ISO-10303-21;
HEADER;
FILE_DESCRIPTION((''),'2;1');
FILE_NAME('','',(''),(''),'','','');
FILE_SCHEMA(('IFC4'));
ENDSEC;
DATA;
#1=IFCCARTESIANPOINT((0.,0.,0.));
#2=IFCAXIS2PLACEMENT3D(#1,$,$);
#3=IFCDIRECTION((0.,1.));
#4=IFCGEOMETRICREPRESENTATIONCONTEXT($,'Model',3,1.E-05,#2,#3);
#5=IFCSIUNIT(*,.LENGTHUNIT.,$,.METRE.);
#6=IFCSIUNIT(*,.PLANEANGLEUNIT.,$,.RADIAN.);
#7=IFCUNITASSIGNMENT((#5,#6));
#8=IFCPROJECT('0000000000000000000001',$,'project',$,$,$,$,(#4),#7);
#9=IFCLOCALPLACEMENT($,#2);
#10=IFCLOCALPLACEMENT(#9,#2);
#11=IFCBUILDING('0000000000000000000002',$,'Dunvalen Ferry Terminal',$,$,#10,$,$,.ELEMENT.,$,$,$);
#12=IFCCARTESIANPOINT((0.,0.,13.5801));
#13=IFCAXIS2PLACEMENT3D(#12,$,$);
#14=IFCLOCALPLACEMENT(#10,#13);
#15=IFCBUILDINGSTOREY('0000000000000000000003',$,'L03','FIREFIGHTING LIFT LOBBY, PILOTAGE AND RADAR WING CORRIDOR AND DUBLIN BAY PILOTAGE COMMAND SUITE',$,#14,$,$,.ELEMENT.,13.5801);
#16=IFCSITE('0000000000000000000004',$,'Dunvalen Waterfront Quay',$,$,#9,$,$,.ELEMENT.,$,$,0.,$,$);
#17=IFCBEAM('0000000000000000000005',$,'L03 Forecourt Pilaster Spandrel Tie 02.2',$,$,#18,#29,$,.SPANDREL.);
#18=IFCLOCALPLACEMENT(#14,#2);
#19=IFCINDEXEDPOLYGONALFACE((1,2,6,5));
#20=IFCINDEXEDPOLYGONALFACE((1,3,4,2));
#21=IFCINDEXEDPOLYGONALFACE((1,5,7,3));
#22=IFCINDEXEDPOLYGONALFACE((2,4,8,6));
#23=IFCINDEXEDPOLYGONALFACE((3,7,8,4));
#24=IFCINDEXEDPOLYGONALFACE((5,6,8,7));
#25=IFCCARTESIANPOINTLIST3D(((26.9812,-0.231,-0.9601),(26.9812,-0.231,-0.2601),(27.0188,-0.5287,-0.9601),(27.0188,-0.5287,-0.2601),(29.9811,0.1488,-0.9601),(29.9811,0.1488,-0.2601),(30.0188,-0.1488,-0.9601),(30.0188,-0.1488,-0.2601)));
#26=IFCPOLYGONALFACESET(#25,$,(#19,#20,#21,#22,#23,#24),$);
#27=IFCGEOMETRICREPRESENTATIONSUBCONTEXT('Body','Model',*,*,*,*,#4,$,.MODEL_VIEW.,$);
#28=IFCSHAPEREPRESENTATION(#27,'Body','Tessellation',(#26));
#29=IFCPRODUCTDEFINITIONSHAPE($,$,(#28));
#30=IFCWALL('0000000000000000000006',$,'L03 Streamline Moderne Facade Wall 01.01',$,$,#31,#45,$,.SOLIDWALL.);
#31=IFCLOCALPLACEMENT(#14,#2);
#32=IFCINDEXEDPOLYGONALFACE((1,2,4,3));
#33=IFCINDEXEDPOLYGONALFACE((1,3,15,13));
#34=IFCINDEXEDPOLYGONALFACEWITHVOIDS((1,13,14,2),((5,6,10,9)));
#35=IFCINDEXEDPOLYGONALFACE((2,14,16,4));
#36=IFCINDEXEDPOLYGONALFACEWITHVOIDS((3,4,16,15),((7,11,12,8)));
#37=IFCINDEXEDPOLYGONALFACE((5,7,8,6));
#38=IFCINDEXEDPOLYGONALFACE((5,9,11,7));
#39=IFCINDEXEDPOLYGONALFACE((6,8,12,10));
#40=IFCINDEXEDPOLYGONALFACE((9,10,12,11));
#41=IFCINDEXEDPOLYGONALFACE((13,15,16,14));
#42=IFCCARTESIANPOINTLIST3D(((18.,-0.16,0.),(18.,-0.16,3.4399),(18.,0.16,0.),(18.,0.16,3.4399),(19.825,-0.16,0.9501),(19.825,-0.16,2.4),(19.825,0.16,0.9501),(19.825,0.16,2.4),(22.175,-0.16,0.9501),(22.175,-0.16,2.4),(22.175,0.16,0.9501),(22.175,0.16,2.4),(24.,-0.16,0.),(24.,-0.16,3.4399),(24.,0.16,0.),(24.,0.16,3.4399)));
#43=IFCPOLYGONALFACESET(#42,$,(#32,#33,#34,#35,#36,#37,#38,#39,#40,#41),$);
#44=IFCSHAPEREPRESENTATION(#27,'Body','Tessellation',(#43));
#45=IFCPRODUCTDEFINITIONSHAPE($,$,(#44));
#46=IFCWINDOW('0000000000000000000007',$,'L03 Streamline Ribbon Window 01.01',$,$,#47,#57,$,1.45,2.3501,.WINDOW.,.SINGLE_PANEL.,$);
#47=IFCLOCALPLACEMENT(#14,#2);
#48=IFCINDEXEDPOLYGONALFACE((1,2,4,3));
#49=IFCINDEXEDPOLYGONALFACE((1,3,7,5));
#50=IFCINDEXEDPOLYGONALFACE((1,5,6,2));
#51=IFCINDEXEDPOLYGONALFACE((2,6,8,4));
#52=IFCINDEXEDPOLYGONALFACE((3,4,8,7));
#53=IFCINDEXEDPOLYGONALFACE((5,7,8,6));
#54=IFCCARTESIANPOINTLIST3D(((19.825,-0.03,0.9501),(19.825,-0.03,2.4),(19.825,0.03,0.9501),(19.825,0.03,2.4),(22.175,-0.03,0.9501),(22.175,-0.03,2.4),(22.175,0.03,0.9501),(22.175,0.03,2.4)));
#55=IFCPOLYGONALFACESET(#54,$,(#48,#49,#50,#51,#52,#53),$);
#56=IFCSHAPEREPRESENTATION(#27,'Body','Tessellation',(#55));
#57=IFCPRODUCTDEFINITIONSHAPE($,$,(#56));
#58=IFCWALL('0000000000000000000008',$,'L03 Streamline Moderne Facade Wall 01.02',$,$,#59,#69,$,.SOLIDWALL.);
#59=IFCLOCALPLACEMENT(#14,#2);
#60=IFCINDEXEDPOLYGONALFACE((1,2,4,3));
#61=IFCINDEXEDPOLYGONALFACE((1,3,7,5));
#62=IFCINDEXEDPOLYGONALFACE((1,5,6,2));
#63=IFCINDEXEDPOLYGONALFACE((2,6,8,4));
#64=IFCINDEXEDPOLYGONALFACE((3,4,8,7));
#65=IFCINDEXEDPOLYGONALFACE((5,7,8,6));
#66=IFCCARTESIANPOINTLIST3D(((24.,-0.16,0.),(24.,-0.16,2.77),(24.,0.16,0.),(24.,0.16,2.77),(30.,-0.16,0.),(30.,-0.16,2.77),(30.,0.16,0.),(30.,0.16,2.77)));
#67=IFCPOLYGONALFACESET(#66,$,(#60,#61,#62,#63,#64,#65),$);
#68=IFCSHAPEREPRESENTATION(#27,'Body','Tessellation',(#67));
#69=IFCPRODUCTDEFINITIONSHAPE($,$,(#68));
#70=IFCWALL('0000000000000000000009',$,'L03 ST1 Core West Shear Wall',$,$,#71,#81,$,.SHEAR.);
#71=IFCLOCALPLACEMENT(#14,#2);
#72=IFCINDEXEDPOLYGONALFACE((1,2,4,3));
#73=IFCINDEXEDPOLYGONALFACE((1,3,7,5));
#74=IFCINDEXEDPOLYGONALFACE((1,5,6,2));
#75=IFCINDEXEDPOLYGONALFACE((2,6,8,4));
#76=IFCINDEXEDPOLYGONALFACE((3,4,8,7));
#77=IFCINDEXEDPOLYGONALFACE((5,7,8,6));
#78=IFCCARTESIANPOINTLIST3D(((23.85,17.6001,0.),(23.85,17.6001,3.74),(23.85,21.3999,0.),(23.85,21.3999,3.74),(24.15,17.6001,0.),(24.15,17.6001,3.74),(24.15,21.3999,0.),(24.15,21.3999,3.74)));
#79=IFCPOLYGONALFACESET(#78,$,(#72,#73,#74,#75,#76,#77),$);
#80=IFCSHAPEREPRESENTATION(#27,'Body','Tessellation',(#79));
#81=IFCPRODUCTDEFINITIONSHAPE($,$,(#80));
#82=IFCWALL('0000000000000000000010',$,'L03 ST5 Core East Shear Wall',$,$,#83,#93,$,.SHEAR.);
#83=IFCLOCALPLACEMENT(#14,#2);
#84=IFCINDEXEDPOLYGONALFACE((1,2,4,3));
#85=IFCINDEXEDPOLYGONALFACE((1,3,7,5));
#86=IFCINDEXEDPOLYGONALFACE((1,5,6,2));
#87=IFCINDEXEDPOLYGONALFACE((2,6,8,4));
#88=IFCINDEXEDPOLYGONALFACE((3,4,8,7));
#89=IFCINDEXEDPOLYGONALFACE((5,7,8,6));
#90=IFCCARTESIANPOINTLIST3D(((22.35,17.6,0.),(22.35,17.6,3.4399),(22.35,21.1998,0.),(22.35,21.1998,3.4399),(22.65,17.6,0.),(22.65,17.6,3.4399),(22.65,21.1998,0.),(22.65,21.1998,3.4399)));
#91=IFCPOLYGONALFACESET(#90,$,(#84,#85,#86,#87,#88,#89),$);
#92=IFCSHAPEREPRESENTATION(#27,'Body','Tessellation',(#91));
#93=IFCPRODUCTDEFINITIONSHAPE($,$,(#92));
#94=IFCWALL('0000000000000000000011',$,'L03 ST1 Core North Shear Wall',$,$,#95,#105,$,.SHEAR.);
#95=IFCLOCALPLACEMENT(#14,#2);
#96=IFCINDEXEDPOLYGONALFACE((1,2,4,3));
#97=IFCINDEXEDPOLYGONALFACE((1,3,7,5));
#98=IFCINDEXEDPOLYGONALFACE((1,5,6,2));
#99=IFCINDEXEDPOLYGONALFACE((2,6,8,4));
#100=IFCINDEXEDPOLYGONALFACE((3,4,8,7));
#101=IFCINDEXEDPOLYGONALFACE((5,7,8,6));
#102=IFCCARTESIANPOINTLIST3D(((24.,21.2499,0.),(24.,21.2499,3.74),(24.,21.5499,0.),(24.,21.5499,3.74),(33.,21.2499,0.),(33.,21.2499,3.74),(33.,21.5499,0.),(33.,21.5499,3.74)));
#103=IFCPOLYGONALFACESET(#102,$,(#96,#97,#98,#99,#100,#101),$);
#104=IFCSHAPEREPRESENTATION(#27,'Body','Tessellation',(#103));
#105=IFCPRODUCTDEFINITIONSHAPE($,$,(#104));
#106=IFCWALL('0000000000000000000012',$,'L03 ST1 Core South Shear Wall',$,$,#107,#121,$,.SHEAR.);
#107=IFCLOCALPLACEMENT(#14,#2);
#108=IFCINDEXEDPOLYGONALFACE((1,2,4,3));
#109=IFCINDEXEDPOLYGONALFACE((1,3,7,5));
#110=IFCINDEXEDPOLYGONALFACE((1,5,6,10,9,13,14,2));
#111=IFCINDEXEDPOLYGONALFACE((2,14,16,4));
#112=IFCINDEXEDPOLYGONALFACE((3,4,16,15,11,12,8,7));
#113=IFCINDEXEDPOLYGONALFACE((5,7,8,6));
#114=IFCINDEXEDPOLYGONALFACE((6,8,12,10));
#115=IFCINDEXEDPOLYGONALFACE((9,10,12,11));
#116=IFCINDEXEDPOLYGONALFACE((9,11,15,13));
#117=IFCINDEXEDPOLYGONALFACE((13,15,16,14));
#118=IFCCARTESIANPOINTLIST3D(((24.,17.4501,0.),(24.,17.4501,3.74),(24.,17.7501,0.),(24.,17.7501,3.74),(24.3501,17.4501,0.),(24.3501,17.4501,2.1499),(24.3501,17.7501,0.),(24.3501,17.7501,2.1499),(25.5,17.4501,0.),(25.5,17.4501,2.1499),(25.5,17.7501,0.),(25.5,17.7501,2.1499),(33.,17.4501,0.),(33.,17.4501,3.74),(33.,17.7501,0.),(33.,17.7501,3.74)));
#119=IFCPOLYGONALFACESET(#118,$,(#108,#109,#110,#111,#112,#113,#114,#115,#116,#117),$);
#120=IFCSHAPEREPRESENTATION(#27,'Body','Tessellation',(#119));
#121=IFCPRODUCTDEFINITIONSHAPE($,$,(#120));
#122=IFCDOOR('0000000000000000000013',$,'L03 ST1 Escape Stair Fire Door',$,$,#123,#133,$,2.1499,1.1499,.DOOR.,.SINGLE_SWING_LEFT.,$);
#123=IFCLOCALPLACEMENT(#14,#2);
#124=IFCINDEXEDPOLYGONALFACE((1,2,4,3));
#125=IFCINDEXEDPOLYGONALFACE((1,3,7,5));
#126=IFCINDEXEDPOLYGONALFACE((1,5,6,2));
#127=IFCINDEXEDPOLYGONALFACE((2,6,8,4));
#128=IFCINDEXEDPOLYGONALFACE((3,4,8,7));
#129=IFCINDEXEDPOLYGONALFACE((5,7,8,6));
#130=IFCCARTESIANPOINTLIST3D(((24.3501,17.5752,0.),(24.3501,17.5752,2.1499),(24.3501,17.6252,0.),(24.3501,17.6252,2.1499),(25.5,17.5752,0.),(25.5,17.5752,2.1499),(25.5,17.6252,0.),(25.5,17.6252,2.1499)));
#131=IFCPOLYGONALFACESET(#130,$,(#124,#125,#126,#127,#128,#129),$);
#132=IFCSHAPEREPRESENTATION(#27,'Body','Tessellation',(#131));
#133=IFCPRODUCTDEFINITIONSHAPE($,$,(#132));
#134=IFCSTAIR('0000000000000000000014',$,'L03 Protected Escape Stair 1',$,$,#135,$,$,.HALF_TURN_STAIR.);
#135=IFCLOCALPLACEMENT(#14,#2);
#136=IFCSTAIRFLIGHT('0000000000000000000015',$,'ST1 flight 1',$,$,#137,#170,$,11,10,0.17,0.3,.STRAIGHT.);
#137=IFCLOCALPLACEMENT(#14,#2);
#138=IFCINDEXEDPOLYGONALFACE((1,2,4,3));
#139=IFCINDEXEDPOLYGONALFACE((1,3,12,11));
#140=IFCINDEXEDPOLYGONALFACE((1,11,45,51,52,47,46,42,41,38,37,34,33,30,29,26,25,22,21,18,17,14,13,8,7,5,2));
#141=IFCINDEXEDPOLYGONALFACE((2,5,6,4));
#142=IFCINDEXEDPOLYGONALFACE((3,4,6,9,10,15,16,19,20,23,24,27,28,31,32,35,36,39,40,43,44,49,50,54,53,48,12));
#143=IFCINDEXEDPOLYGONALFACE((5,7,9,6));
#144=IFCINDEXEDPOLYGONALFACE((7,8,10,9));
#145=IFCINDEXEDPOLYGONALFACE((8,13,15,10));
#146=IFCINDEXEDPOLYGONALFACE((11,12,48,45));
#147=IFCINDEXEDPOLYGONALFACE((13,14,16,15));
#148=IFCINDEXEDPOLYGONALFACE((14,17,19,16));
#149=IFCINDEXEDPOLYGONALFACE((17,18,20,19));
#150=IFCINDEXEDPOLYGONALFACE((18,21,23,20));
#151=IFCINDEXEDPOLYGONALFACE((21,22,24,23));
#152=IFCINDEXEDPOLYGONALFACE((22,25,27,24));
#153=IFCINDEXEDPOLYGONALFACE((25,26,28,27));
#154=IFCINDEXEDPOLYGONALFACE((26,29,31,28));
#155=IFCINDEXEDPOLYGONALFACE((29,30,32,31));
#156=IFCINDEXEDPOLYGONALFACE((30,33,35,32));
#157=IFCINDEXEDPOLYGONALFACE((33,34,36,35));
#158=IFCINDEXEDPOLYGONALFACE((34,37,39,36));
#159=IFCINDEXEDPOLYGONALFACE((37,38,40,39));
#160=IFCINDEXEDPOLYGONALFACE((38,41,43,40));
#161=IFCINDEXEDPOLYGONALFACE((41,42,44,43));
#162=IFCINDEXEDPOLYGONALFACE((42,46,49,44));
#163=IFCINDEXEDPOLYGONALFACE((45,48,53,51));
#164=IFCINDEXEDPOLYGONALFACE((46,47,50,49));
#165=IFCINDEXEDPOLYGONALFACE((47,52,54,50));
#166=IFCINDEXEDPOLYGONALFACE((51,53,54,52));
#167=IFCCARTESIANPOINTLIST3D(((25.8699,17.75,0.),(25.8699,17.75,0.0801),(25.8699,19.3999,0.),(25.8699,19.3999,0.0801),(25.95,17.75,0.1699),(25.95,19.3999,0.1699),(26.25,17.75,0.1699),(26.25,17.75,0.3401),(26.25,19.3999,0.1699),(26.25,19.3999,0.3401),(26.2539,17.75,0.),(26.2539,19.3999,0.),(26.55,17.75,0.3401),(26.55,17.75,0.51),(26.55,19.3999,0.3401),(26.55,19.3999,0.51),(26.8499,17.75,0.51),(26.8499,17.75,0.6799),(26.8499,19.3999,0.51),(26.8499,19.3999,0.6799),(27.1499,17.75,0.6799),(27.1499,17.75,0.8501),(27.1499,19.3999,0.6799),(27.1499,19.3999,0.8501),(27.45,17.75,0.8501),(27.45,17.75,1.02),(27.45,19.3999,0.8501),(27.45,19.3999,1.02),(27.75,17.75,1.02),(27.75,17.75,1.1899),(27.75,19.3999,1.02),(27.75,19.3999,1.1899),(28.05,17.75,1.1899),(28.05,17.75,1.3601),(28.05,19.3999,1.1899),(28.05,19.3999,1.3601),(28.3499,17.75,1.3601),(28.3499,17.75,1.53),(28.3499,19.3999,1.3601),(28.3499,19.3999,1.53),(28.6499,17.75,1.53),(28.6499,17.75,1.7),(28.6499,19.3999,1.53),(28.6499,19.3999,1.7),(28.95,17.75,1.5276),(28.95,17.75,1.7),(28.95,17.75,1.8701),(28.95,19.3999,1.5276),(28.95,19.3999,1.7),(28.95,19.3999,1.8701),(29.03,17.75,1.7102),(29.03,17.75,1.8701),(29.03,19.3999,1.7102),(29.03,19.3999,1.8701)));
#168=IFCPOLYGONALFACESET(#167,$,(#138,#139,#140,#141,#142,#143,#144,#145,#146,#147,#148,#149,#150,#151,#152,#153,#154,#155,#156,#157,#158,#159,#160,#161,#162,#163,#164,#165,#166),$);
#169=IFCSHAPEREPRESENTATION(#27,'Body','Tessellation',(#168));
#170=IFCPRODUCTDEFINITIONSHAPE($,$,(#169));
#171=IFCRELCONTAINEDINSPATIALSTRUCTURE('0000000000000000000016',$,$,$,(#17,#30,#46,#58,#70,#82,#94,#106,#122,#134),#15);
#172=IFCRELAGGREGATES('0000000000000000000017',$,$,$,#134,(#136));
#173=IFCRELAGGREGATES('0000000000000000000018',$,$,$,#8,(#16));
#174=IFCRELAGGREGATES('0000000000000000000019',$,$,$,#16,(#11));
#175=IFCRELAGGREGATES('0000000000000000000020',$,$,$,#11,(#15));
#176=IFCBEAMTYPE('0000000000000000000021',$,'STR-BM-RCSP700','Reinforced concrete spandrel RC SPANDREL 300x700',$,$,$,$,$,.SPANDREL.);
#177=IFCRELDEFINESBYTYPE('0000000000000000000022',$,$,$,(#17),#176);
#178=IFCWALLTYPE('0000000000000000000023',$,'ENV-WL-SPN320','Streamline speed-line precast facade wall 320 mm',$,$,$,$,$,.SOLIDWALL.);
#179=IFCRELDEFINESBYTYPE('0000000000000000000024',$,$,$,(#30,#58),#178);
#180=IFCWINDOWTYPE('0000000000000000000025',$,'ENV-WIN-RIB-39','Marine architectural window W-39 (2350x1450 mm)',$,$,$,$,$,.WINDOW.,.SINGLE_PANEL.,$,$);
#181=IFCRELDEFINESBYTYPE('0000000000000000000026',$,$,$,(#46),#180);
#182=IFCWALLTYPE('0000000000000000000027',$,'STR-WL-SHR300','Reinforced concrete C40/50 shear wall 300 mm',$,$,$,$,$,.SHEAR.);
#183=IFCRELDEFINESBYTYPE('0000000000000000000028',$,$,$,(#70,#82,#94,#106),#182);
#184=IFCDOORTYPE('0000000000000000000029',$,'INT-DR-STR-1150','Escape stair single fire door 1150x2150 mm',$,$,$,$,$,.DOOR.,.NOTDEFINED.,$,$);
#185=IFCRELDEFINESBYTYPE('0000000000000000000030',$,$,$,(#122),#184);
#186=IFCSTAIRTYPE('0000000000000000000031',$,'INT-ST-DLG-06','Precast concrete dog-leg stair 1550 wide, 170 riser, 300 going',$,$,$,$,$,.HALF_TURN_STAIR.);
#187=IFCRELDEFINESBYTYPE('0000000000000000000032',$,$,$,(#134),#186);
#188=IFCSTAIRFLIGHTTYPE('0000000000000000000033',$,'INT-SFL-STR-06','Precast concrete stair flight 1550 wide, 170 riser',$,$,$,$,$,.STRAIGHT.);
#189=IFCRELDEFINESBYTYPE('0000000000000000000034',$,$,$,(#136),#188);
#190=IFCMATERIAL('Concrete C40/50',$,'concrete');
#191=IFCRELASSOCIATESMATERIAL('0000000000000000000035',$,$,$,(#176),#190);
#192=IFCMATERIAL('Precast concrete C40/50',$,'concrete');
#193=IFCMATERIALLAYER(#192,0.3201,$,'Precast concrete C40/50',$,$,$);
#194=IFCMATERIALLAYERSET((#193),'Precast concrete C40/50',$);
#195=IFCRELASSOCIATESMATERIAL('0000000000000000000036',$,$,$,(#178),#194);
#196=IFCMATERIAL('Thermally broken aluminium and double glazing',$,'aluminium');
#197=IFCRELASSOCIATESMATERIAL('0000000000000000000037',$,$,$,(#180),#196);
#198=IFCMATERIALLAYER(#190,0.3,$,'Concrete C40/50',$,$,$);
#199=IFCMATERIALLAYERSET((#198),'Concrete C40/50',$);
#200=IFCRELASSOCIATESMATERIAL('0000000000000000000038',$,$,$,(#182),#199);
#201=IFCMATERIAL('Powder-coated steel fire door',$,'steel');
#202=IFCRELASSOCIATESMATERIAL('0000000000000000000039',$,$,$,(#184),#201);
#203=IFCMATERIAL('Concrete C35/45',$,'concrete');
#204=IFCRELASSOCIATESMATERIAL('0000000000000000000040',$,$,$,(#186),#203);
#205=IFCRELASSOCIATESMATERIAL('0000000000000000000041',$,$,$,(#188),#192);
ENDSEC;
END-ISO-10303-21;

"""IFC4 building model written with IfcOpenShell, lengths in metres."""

from ifc_helpers import new_model, si_unit, direction, frame, frame_2d, origin, origin_2d, place, context, subcontext, project, spatial, polyline, rectangle, outline, extrude, material, layer, layer_set, material_profile, profile_set, type_object, element, fill, aggregate, save


model = new_model("IFC4")

# Units and contexts
model_context = context("Model", 3, precision=1e-05, world=origin(), true_north=direction((0.0, 1.0)))
body_context = subcontext(model_context, "Body", "Model", "MODEL_VIEW")
ifc_project = project(units=[si_unit("LENGTHUNIT", "METRE"), si_unit("PLANEANGLEUNIT", "RADIAN")], contexts=[model_context])

# Site, building, storey
site_placement = place(None, origin())
site = spatial("IfcSite", under=ifc_project, at=site_placement, Name="Dunvalen Waterfront Quay", CompositionType="ELEMENT", RefElevation=0.0)
building_placement = place(site_placement, origin())
building = spatial("IfcBuilding", under=site, at=building_placement, Name="Dunvalen Ferry Terminal", CompositionType="ELEMENT")
storey_placement = place(building_placement, frame((0.0, 0.0, 13.5801)))
storey = spatial("IfcBuildingStorey", under=building, at=storey_placement, Name="L03", Description="FIREFIGHTING LIFT LOBBY, PILOTAGE AND RADAR WING CORRIDOR AND DUBLIN BAY PILOTAGE COMMAND SUITE", CompositionType="ELEMENT", Elevation=13.5801)

# Shared definitions
ifc_material_1 = material(Name="Concrete C40/50", Category="concrete")

# Beam
ifc_material_2 = material(Name="Concrete C35/45", Category="concrete")
ifc_material_profile_1 = material_profile(ifc_material_1, rectangle(XDim=0.3, YDim=0.7, at=origin_2d()), Name="Concrete C40/50")
ifc_profile_set_1 = profile_set([ifc_material_profile_1], Name="Concrete C40/50")
beam_type_1 = type_object("IfcBeamType", Name="STR-BM-RCSP700", Description="Reinforced concrete spandrel RC SPANDREL 300x700", PredefinedType="SPANDREL", material=ifc_profile_set_1)
for number, where, z_axis, x_axis, name in (
    (1, (27.0, -0.3799, -0.6101), (0.992078, 0.125624, 0.0), (-0.125624, 0.992078, 0.0), "L03 Forecourt Pilaster Spandrel Tie 02.2"),
):
    element("IfcBeam", number, at=place(storey_placement, frame(where, z_axis=z_axis, x_axis=x_axis)), inside=storey, type_object=beam_type_1, Name=name, PredefinedType="SPANDREL", context=body_context, shape_type="SweptSolid", body=[
        extrude(rectangle(XDim=0.3, YDim=0.7, at=origin_2d()), origin(), (0.0, 0.0, 1.0), 3.0239),
    ])

# Wall, opening, window
ifc_material_3 = material(Name="Precast concrete C40/50", Category="concrete")
ifc_layer_1 = layer(ifc_material_3, 0.3201, Name="Precast concrete C40/50")
ifc_layer_set_1 = layer_set([ifc_layer_1], Name="Precast concrete C40/50")
wall_type_1 = type_object("IfcWallType", Name="ENV-WL-SPN320", Description="Streamline speed-line precast facade wall 320 mm", PredefinedType="SOLIDWALL", material=ifc_layer_set_1)
wall_1_placement = place(storey_placement, frame((18.0, 0.0, 0.0), z_axis=(0.0, 0.0, 1.0), x_axis=(1.0, 0.0, 0.0)))
wall_1 = element("IfcWall", 2, at=wall_1_placement, inside=storey, type_object=wall_type_1, Name="L03 Streamline Moderne Facade Wall 01.01", PredefinedType="SOLIDWALL", context=body_context, shape_type="SweptSolid", body=[
    extrude(rectangle(XDim=6.0, YDim=0.3201, at=frame_2d((3.0, 0.0))), origin(), (0.0, 0.0, 1.0), 3.4399),
])
opening_1_placement = place(wall_1_placement, frame((1.825, 0.0, 0.95)))
opening_1 = element("IfcOpeningElement", 3, at=opening_1_placement, cuts=wall_1, PredefinedType="OPENING", context=body_context, shape_type="SweptSolid", body=[
    extrude(rectangle(XDim=2.3501, YDim=1.45, at=frame_2d((1.175, 0.7251))), frame((0.0, 0.1699, 0.0), z_axis=(0.0, -1.0, 0.0), x_axis=(1.0, 0.0, 0.0)), (0.0, 0.0, 1.0), 0.3401),
])
ifc_material_4 = material(Name="Thermally broken aluminium and double glazing", Category="aluminium")
window_type = type_object("IfcWindowType", Name="ENV-WIN-RIB-39", Description="Marine architectural window W-39 (2350x1450 mm)", PartitioningType="SINGLE_PANEL", PredefinedType="WINDOW", material=ifc_material_4)
window_placement = place(opening_1_placement, origin())
window = element("IfcWindow", 4, at=window_placement, inside=storey, type_object=window_type, Name="L03 Streamline Ribbon Window 01.01", OverallHeight=1.45, OverallWidth=2.3501, PartitioningType="SINGLE_PANEL", PredefinedType="WINDOW", context=body_context, shape_type="SweptSolid", body=[
    extrude(rectangle(XDim=2.3501, YDim=1.45, at=frame_2d((1.175, 0.7251))), frame((0.0, 0.03, 0.0), z_axis=(0.0, -1.0, 0.0), x_axis=(1.0, 0.0, 0.0)), (0.0, 0.0, 1.0), 0.0601),
])
fill(opening_1, window)

# Walls
wall_2_placement = place(storey_placement, frame((24.0, 0.0, 0.0), z_axis=(0.0, 0.0, 1.0), x_axis=(1.0, 0.0, 0.0)))
element("IfcWall", 5, at=wall_2_placement, inside=storey, type_object=wall_type_1, Name="L03 Streamline Moderne Facade Wall 01.02", PredefinedType="SOLIDWALL", context=body_context, shape_type="SweptSolid", body=[
    extrude(rectangle(XDim=6.0, YDim=0.3201, at=frame_2d((3.0, 0.0))), origin(), (0.0, 0.0, 1.0), 2.77),
])
ifc_layer_2 = layer(ifc_material_1, 0.3, Name="Concrete C40/50")
ifc_layer_set_2 = layer_set([ifc_layer_2], Name="Concrete C40/50")
wall_type_2 = type_object("IfcWallType", Name="STR-WL-SHR300", Description="Reinforced concrete C40/50 shear wall 300 mm", PredefinedType="SHEAR", material=ifc_layer_set_2)
wall_3_placement = place(storey_placement, frame((24.0, 17.6001, 0.0), z_axis=(0.0, 0.0, 1.0), x_axis=(0.0, 1.0, 0.0)))
element("IfcWall", 6, at=wall_3_placement, inside=storey, type_object=wall_type_2, Name="L03 ST1 Core West Shear Wall", PredefinedType="SHEAR", context=body_context, shape_type="SweptSolid", body=[
    extrude(rectangle(XDim=3.7998, YDim=0.3, at=frame_2d((1.8999, 0.0))), origin(), (0.0, 0.0, 1.0), 3.74),
])
wall_4_placement = place(storey_placement, frame((22.5, 17.6001, 0.0), z_axis=(0.0, 0.0, 1.0), x_axis=(0.0, 1.0, 0.0)))
element("IfcWall", 7, at=wall_4_placement, inside=storey, type_object=wall_type_2, Name="L03 ST5 Core East Shear Wall", PredefinedType="SHEAR", context=body_context, shape_type="SweptSolid", body=[
    extrude(rectangle(XDim=3.5999, YDim=0.3, at=frame_2d((1.7998, 0.0))), origin(), (0.0, 0.0, 1.0), 3.4399),
])
wall_5_placement = place(storey_placement, frame((24.0, 21.3999, 0.0), z_axis=(0.0, 0.0, 1.0), x_axis=(1.0, 0.0, 0.0)))
element("IfcWall", 8, at=wall_5_placement, inside=storey, type_object=wall_type_2, Name="L03 ST1 Core North Shear Wall", PredefinedType="SHEAR", context=body_context, shape_type="SweptSolid", body=[
    extrude(rectangle(XDim=9.0, YDim=0.3, at=frame_2d((4.5, 0.0))), origin(), (0.0, 0.0, 1.0), 3.74),
])

# Wall, opening, door
wall_6_placement = place(storey_placement, frame((24.0, 17.6001, 0.0), z_axis=(0.0, 0.0, 1.0), x_axis=(1.0, 0.0, 0.0)))
wall_6 = element("IfcWall", 9, at=wall_6_placement, inside=storey, type_object=wall_type_2, Name="L03 ST1 Core South Shear Wall", PredefinedType="SHEAR", context=body_context, shape_type="SweptSolid", body=[
    extrude(rectangle(XDim=9.0, YDim=0.3, at=frame_2d((4.5, 0.0))), origin(), (0.0, 0.0, 1.0), 3.74),
])
opening_2_placement = place(wall_6_placement, frame((0.3501, 0.0, 0.0)))
opening_2 = element("IfcOpeningElement", 10, at=opening_2_placement, cuts=wall_6, PredefinedType="OPENING", context=body_context, shape_type="SweptSolid", body=[
    extrude(rectangle(XDim=1.1499, YDim=2.1499, at=frame_2d((0.575, 1.075))), frame((0.0, 0.1602, 0.0), z_axis=(0.0, -1.0, 0.0), x_axis=(1.0, 0.0, 0.0)), (0.0, 0.0, 1.0), 0.3201),
])
ifc_material_5 = material(Name="Powder-coated steel fire door", Category="steel")
door_type = type_object("IfcDoorType", Name="INT-DR-STR-1150", Description="Escape stair single fire door 1150x2150 mm", OperationType="NOTDEFINED", PredefinedType="DOOR", material=ifc_material_5)
door_placement = place(opening_2_placement, frame((1.1499, 0.0, 0.0), z_axis=(0.0, 0.0, 1.0), x_axis=(-1.0, 0.0, 0.0)))
door = element("IfcDoor", 11, at=door_placement, inside=storey, type_object=door_type, Name="L03 ST1 Escape Stair Fire Door", OperationType="SINGLE_SWING_LEFT", OverallHeight=2.1499, OverallWidth=1.1499, PredefinedType="DOOR", context=body_context, shape_type="SweptSolid", body=[
    extrude(rectangle(XDim=1.1499, YDim=2.1499, at=frame_2d((0.575, 1.075))), frame((0.0, 0.0249, 0.0), z_axis=(0.0, -1.0, 0.0), x_axis=(1.0, 0.0, 0.0)), (0.0, 0.0, 1.0), 0.05),
])
fill(opening_2, door)

# Stair, stair flight
stair_type = type_object("IfcStairType", Name="INT-ST-DLG-06", Description="Precast concrete dog-leg stair 1550 wide, 170 riser, 300 going", PredefinedType="HALF_TURN_STAIR", material=ifc_material_2)
stair_placement = place(storey_placement, origin())
stair = element("IfcStair", 12, at=stair_placement, inside=storey, type_object=stair_type, Name="L03 Protected Escape Stair 1", PredefinedType="HALF_TURN_STAIR")
stair_flight_type = type_object("IfcStairFlightType", Name="INT-SFL-STR-06", Description="Precast concrete stair flight 1550 wide, 170 riser", PredefinedType="STRAIGHT", material=ifc_material_3)
stair_flight_1_placement = place(storey_placement, frame((25.95, 18.575, 0.0), z_axis=(0.0, 0.0, 1.0), x_axis=(1.0, 0.0, 0.0)))
stair_flight_1 = element("IfcStairFlight", 13, at=stair_flight_1_placement, type_object=stair_flight_type, Name="ST1 flight 1", NumberOfRisers=11, NumberOfTreads=10, PredefinedType="STRAIGHT", RiserHeight=0.17, TreadLength=0.3, context=body_context, shape_type="SweptSolid", body=[
    extrude(outline(polyline([(-0.0801, 0.0), (-0.0801, 0.0801), (0.0, 0.1699), (0.3, 0.1699), (0.3, 0.3401), (0.6001, 0.3401), (0.6001, 0.51), (0.8999, 0.51), (0.8999, 0.6799), (1.2, 0.6799), (1.2, 0.8501), (1.5, 0.8501), (1.5, 1.02), (1.8, 1.02), (1.8, 1.1899), (2.1001, 1.1899), (2.1001, 1.3601), (2.3999, 1.3601), (2.3999, 1.53), (2.7, 1.53), (2.7, 1.7), (3.0, 1.7), (3.0, 1.8701), (3.0801, 1.8701), (3.0801, 1.7102), (3.0, 1.5276), (0.304, 0.0), (-0.0801, 0.0)])), frame((0.0, 0.825, 0.0), z_axis=(0.0, -1.0, 0.0), x_axis=(1.0, 0.0, 0.0)), (0.0, 0.0, 1.0), 1.6499),
])
aggregate(stair, [stair_flight_1])

save(model, "model.ifc")
